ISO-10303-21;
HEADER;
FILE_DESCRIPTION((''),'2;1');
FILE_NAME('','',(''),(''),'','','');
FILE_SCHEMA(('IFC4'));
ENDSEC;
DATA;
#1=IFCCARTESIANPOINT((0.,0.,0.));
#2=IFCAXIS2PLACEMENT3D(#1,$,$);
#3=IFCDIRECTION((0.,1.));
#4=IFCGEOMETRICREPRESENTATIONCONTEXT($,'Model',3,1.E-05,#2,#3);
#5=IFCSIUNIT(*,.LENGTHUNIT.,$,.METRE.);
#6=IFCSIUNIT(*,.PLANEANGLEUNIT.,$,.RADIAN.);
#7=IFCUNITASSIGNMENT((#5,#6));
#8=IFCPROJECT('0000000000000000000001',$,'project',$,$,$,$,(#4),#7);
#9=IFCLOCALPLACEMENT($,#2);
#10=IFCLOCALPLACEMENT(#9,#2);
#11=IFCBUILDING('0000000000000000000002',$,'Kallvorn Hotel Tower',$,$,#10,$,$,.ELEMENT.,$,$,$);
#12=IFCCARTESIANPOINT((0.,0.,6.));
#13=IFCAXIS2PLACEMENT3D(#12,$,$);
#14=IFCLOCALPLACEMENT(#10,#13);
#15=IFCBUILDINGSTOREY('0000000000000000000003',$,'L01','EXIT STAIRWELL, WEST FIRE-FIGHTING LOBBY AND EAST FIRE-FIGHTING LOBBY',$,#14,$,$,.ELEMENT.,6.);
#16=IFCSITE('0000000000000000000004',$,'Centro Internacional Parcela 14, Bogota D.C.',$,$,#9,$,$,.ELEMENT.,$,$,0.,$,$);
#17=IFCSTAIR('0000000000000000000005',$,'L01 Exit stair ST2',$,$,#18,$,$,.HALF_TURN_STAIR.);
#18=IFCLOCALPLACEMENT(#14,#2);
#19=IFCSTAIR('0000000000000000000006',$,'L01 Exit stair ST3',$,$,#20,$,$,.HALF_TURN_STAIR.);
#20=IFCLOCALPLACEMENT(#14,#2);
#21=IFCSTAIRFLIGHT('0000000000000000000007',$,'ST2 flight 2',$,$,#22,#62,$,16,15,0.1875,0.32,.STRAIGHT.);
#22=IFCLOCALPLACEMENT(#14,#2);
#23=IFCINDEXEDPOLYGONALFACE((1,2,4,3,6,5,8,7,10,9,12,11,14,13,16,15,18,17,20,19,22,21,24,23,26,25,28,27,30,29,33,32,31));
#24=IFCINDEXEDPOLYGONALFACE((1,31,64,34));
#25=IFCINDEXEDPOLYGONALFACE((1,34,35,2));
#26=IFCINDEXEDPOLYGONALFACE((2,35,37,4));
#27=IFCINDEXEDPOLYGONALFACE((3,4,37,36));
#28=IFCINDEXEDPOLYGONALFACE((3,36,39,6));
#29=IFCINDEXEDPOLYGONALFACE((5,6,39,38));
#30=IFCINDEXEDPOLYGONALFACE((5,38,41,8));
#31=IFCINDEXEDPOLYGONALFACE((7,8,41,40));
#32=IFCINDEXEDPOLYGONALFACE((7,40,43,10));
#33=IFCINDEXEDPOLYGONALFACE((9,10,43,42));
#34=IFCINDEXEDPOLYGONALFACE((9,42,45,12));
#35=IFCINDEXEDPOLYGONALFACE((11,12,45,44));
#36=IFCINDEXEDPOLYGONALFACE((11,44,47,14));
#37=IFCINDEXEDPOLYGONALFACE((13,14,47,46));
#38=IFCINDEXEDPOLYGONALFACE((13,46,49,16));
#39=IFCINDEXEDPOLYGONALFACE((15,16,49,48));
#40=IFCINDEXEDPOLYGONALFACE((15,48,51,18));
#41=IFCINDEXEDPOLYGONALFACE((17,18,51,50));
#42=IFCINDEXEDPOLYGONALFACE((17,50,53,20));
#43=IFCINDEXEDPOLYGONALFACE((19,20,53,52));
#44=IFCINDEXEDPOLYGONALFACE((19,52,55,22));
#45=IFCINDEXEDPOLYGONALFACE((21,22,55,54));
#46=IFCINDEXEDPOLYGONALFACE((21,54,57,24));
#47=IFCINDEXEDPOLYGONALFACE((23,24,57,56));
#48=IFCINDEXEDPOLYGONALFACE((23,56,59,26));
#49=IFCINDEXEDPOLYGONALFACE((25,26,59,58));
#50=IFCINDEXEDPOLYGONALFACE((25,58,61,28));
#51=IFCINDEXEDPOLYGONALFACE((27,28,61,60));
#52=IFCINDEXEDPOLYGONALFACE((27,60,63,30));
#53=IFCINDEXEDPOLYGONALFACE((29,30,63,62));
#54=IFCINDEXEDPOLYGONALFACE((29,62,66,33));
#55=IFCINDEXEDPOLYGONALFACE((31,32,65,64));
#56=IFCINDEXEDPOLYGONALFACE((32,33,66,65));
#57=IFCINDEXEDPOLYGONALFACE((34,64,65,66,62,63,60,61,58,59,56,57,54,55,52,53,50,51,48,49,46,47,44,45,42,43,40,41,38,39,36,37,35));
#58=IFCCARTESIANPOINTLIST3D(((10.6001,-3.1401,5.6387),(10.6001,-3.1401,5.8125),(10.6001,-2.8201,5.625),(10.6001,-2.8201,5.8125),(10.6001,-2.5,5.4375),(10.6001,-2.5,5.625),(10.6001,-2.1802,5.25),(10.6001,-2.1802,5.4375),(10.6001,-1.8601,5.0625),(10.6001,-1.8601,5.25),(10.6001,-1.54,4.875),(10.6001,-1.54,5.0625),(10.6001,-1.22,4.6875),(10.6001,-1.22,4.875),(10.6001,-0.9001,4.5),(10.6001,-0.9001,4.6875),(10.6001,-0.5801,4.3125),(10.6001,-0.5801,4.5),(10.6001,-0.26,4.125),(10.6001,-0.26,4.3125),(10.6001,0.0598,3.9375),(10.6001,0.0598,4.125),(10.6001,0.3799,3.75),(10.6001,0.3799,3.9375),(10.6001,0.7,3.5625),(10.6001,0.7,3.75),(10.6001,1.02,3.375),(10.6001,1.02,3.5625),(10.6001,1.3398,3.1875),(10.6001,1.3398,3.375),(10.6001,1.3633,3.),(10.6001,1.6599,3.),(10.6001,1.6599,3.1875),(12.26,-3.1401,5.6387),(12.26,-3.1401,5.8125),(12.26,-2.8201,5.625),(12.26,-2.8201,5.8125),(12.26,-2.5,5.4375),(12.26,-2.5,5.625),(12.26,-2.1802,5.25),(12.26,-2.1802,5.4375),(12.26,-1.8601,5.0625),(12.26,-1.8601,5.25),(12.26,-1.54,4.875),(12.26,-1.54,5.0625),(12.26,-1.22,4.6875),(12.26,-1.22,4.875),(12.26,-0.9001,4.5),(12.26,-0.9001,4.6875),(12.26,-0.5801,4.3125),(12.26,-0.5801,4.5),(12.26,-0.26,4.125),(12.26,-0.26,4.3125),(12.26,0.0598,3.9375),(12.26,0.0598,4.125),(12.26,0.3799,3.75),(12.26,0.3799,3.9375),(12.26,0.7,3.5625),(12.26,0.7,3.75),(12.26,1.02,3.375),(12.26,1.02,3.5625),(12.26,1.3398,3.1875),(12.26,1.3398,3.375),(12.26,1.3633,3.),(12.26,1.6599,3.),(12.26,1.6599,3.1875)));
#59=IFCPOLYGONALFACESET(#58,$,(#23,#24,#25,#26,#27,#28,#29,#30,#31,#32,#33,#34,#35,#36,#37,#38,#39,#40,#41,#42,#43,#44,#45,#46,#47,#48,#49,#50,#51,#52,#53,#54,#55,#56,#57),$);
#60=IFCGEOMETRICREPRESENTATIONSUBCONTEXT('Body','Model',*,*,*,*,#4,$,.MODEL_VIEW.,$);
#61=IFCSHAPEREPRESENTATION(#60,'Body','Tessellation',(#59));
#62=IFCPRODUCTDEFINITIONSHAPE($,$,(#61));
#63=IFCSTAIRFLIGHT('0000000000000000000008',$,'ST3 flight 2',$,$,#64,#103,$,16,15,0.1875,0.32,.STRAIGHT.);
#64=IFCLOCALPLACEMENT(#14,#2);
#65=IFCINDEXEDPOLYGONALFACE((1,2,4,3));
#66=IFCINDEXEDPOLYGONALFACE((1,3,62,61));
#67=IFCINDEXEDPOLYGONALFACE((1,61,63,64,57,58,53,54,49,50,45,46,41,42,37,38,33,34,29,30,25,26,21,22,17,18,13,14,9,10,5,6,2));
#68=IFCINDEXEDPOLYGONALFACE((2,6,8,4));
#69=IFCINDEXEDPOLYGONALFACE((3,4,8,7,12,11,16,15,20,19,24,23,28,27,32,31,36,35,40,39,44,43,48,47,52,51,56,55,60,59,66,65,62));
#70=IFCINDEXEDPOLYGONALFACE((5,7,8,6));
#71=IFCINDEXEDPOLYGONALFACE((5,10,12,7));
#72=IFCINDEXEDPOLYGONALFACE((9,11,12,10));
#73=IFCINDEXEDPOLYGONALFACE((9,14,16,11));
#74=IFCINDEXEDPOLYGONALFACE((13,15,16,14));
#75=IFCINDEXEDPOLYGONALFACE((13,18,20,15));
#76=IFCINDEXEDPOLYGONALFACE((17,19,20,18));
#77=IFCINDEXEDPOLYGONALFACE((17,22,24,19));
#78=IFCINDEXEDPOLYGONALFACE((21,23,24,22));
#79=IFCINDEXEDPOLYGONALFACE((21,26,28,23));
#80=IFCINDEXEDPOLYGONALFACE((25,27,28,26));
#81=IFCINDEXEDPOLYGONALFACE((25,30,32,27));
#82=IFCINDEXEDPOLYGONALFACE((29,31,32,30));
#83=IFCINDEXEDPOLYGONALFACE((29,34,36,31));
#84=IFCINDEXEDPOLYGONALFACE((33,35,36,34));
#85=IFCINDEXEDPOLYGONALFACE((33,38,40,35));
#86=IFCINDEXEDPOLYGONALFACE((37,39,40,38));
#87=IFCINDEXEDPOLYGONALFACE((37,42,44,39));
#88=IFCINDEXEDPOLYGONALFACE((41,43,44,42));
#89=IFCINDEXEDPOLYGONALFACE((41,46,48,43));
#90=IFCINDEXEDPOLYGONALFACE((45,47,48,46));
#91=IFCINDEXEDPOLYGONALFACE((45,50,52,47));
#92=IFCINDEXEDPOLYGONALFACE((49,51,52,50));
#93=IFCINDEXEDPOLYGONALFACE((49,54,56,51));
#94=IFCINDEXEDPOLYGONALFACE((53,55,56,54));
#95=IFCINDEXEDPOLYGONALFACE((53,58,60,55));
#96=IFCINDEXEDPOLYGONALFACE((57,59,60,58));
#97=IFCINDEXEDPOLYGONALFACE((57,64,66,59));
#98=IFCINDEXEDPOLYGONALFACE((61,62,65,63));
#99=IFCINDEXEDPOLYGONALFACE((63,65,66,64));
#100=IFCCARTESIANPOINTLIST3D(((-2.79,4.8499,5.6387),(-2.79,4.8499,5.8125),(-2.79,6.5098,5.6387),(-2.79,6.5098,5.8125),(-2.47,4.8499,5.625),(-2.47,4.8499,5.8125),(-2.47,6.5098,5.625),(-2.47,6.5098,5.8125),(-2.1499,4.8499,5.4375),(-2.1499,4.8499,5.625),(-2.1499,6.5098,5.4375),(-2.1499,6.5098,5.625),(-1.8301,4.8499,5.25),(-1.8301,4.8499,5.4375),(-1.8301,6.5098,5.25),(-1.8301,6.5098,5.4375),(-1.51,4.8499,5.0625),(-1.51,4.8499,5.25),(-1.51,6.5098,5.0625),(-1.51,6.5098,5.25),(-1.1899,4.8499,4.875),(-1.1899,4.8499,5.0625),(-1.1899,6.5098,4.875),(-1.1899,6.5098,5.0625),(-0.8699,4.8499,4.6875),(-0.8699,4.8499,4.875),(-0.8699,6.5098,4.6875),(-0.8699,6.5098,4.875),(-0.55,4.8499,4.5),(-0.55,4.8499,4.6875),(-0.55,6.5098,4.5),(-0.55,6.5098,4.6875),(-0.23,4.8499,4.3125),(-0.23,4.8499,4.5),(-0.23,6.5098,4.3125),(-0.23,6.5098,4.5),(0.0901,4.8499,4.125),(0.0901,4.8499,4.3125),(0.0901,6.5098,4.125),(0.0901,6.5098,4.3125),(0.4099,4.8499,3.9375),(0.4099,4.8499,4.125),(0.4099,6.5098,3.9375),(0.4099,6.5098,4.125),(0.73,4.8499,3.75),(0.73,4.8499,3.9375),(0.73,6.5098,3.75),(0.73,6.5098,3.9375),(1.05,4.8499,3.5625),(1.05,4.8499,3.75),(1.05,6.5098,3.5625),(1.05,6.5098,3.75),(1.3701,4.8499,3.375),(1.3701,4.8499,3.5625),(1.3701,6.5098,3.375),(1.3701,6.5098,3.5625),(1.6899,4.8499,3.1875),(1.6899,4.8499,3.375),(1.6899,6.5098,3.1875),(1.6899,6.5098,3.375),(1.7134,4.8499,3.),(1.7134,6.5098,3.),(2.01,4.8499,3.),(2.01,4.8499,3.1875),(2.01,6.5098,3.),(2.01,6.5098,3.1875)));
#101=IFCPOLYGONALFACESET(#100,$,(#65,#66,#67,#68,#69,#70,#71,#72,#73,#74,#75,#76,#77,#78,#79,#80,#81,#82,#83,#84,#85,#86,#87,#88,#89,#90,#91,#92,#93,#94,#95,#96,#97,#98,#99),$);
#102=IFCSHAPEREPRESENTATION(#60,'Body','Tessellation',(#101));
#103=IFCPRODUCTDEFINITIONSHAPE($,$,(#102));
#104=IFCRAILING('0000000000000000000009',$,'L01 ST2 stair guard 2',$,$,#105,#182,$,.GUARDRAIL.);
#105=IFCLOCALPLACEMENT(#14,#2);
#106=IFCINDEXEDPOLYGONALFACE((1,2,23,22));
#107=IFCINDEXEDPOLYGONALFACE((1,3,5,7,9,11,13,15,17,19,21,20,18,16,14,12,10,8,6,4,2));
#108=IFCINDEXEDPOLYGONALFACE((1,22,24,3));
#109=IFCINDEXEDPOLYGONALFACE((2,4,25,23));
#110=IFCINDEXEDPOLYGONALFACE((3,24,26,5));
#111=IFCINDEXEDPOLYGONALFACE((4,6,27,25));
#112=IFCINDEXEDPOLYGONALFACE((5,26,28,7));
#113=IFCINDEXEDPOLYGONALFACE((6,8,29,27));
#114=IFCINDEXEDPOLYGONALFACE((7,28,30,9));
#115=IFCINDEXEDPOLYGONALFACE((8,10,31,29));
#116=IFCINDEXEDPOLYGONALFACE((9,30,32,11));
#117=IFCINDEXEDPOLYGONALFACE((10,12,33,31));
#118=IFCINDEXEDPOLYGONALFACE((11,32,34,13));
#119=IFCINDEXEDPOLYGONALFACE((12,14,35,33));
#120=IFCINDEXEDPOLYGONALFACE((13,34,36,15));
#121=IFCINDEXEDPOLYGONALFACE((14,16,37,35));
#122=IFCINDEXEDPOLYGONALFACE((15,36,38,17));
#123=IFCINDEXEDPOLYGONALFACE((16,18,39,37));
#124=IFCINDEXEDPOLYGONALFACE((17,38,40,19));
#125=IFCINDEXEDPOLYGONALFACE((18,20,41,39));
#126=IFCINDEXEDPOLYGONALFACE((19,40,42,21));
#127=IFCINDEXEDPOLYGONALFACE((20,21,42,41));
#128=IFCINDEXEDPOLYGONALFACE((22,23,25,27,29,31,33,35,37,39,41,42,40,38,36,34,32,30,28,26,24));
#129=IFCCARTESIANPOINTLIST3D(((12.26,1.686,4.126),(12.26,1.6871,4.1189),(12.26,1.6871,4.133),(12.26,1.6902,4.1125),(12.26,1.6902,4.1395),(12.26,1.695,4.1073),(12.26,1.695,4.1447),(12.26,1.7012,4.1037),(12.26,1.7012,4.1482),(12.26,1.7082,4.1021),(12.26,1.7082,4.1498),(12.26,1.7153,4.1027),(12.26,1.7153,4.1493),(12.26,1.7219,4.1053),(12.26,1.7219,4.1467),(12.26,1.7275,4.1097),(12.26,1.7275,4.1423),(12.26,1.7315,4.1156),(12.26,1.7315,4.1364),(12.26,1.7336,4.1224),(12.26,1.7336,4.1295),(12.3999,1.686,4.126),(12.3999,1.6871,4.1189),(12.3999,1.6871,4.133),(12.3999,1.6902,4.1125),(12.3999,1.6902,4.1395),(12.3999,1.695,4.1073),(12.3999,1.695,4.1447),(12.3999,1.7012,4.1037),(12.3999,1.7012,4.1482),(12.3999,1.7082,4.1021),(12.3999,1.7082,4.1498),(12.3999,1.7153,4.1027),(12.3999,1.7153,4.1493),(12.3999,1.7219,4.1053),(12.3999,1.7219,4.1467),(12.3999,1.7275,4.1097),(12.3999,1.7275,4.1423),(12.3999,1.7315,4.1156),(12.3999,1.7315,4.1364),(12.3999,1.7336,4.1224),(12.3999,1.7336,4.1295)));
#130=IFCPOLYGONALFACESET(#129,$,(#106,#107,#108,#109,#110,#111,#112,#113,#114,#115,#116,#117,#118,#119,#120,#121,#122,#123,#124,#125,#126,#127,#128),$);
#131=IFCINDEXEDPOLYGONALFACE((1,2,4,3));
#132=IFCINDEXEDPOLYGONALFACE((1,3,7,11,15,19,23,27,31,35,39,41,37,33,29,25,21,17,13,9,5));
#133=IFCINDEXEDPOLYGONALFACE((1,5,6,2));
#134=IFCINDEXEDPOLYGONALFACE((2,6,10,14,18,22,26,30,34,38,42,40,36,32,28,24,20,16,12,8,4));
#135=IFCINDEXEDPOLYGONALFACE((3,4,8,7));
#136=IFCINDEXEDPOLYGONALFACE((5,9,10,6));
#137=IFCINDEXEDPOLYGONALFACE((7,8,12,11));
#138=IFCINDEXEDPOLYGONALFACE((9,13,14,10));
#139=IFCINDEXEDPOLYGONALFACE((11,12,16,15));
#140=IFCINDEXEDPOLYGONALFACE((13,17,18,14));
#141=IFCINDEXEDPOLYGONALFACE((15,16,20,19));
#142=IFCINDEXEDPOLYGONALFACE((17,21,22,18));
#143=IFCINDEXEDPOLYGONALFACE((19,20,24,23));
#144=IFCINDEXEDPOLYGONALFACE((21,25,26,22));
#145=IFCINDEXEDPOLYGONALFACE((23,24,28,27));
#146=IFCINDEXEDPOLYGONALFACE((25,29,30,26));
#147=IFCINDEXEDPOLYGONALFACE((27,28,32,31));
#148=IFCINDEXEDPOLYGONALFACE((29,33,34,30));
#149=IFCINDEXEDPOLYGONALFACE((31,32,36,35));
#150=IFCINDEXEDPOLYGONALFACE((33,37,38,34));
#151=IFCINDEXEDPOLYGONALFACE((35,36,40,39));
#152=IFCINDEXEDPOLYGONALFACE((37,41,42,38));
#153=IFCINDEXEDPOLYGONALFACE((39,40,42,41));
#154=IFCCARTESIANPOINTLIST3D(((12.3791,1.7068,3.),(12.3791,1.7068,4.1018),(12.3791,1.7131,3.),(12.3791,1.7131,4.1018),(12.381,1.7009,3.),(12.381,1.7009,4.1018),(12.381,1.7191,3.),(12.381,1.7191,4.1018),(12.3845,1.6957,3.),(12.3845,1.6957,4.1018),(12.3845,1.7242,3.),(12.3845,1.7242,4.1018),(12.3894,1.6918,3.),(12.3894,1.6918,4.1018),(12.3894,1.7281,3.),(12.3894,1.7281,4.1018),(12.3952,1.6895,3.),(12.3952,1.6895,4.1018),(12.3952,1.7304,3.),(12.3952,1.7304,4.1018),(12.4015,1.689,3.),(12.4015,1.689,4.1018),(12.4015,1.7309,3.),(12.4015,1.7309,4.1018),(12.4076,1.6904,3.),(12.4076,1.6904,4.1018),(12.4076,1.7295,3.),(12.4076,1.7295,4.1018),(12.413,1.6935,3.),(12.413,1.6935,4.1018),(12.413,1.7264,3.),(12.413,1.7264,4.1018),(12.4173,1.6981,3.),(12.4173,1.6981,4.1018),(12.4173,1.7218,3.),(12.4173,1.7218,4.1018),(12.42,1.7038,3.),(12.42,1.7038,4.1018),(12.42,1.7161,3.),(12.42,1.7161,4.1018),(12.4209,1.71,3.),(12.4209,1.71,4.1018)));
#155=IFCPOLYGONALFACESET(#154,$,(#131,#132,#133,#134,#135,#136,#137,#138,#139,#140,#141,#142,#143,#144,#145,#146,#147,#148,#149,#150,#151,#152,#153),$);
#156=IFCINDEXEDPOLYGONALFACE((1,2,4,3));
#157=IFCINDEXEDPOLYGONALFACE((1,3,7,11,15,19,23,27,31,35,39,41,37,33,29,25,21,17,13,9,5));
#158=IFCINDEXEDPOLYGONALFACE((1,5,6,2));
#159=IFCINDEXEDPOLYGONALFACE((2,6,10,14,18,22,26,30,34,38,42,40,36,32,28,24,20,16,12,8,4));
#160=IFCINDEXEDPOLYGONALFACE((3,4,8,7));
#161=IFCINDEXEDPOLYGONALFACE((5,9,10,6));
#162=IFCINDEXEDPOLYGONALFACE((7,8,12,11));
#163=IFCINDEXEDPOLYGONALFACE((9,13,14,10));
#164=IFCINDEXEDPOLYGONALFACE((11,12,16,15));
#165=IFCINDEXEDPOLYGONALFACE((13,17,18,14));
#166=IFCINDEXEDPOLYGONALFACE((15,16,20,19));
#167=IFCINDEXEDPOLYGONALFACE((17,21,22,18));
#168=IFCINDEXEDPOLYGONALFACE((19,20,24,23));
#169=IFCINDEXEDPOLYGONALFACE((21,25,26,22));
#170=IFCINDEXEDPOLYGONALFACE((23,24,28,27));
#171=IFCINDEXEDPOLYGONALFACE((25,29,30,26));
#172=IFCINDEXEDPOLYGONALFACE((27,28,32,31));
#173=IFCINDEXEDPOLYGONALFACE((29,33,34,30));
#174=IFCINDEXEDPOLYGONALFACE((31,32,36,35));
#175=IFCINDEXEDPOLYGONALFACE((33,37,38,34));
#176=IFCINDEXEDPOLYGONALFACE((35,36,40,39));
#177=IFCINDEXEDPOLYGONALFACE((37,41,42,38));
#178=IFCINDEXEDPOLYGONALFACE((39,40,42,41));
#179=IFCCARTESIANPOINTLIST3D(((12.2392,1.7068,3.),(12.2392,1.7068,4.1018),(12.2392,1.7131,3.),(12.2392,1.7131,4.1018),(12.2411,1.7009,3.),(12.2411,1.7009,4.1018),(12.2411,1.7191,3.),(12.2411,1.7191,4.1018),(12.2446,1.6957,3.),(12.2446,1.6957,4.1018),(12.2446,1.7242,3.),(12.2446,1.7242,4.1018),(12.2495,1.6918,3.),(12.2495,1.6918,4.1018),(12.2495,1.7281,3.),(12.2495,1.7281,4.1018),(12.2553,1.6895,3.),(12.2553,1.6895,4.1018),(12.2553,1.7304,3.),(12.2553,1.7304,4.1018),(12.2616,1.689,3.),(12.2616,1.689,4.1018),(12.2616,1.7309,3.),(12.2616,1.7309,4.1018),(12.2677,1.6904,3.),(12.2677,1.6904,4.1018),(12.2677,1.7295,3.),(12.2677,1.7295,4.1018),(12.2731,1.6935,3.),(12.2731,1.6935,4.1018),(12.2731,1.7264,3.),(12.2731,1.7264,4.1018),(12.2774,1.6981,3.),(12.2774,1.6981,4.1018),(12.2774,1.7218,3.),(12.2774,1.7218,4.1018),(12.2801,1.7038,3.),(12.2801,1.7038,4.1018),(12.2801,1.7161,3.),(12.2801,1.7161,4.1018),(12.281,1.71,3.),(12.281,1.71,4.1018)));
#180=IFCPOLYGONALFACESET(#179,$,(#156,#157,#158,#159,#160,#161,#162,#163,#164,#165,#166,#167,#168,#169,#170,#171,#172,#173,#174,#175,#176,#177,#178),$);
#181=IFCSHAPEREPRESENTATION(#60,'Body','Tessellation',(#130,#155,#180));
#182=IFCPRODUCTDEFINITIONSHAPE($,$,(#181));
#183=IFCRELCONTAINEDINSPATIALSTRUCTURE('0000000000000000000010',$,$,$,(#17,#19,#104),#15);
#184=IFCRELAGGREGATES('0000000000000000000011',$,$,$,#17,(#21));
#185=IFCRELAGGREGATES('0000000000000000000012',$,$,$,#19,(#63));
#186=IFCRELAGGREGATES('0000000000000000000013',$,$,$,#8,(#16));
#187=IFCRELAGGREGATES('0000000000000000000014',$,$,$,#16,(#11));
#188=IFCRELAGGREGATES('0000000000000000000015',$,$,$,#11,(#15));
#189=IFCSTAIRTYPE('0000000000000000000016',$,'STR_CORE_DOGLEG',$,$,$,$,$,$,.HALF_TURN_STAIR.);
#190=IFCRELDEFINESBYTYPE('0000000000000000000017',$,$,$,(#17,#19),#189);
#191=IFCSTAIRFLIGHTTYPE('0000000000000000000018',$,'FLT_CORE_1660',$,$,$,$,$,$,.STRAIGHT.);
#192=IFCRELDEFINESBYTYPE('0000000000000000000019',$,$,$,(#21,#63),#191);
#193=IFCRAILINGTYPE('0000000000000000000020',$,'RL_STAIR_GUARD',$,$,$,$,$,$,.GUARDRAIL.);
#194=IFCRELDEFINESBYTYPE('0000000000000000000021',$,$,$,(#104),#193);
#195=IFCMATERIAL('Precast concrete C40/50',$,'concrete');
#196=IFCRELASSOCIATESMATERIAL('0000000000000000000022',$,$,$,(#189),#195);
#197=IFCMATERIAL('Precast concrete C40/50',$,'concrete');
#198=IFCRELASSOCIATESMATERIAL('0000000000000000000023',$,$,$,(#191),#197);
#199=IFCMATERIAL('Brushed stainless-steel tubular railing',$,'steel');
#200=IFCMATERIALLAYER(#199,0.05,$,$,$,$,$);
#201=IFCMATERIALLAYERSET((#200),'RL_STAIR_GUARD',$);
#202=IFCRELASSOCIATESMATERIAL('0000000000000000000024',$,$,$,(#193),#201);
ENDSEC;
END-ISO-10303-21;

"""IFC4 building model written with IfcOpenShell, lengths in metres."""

from ifc_helpers import new_model, si_unit, direction, frame, origin, origin_2d, place, context, subcontext, project, spatial, polyline, circle, outline, extrude, material, layer, layer_set, type_object, element, aggregate, save


model = new_model("IFC4")

# Units and contexts
model_context = context("Model", 3, precision=1e-05, world=origin(), true_north=direction((0.0, 1.0)))
body_context = subcontext(model_context, "Body", "Model", "MODEL_VIEW")
ifc_project = project(units=[si_unit("LENGTHUNIT", "METRE"), si_unit("PLANEANGLEUNIT", "RADIAN")], contexts=[model_context])

# Site, building, storey
site_placement = place(None, origin())
site = spatial("IfcSite", under=ifc_project, at=site_placement, Name="Centro Internacional Parcela 14, Bogota D.C.", CompositionType="ELEMENT", RefElevation=0.0)
building_placement = place(site_placement, origin())
building = spatial("IfcBuilding", under=site, at=building_placement, Name="Kallvorn Hotel Tower", CompositionType="ELEMENT")
storey_placement = place(building_placement, frame((0.0, 0.0, 6.0)))
storey = spatial("IfcBuildingStorey", under=building, at=storey_placement, Name="L01", Description="EXIT STAIRWELL, WEST FIRE-FIGHTING LOBBY AND EAST FIRE-FIGHTING LOBBY", CompositionType="ELEMENT", Elevation=6.0)

# Stairs
ifc_material_1 = material(Name="Precast concrete C40/50", Category="concrete")
stair_type_1 = type_object("IfcStairType", Name="STR_CORE_DOGLEG", PredefinedType="HALF_TURN_STAIR", material=ifc_material_1)
stair_1_placement = place(storey_placement, origin())
stair_1 = element("IfcStair", 1, at=stair_1_placement, inside=storey, type_object=stair_type_1, Name="L01 Exit stair ST2", PredefinedType="HALF_TURN_STAIR")
stair_2_placement = place(storey_placement, origin())
stair_2 = element("IfcStair", 2, at=stair_2_placement, inside=storey, type_object=stair_type_1, Name="L01 Exit stair ST3", PredefinedType="HALF_TURN_STAIR")

# Stair flights
ifc_material_2 = material(Name="Precast concrete C40/50", Category="concrete")
stair_flight_type = type_object("IfcStairFlightType", Name="FLT_CORE_1660", PredefinedType="STRAIGHT", material=ifc_material_2)
stair_flight_1_placement = place(storey_placement, frame((11.4299, 1.6599, 3.0), z_axis=(0.0, 0.0, 1.0), x_axis=(0.0, -1.0, 0.0)))
stair_flight_1 = element("IfcStairFlight", 3, at=stair_flight_1_placement, type_object=stair_flight_type, Name="ST2 flight 2", NumberOfRisers=16, NumberOfTreads=15, PredefinedType="STRAIGHT", RiserHeight=0.1875, TreadLength=0.32, context=body_context, shape_type="SweptSolid", body=[
    extrude(outline(polyline([(0.0, 0.0), (0.0, 0.1875), (0.3201, 0.1875), (0.3201, 0.375), (0.6399, 0.375), (0.6399, 0.5625), (0.96, 0.5625), (0.96, 0.75), (1.28, 0.75), (1.28, 0.9375), (1.6001, 0.9375), (1.6001, 1.125), (1.9199, 1.125), (1.9199, 1.3125), (2.24, 1.3125), (2.24, 1.5), (2.5601, 1.5), (2.5601, 1.6875), (2.8799, 1.6875), (2.8799, 1.875), (3.2, 1.875), (3.2, 2.0625), (3.52, 2.0625), (3.52, 2.25), (3.8401, 2.25), (3.8401, 2.4375), (4.1599, 2.4375), (4.1599, 2.625), (4.48, 2.625), (4.48, 2.8125), (4.8, 2.8125), (4.8, 3.0), (4.8, 2.6387), (0.2966, 0.0), (0.0, 0.0)])), frame((0.0, 0.8301, 0.0), z_axis=(0.0, -1.0, 0.0), x_axis=(1.0, 0.0, 0.0)), (0.0, 0.0, 1.0), 1.6599),
])
aggregate(stair_1, [stair_flight_1])
stair_flight_2_placement = place(storey_placement, frame((2.01, 5.6799, 3.0), z_axis=(0.0, 0.0, 1.0), x_axis=(-1.0, 0.0, 0.0)))
stair_flight_2 = element("IfcStairFlight", 4, at=stair_flight_2_placement, type_object=stair_flight_type, Name="ST3 flight 2", NumberOfRisers=16, NumberOfTreads=15, PredefinedType="STRAIGHT", RiserHeight=0.1875, TreadLength=0.32, context=body_context, shape_type="SweptSolid", body=[
    extrude(outline(polyline([(0.0, 0.0), (0.0, 0.1875), (0.3201, 0.1875), (0.3201, 0.375), (0.6399, 0.375), (0.6399, 0.5625), (0.96, 0.5625), (0.96, 0.75), (1.28, 0.75), (1.28, 0.9375), (1.6001, 0.9375), (1.6001, 1.125), (1.9199, 1.125), (1.9199, 1.3125), (2.24, 1.3125), (2.24, 1.5), (2.5601, 1.5), (2.5601, 1.6875), (2.8799, 1.6875), (2.8799, 1.875), (3.2, 1.875), (3.2, 2.0625), (3.52, 2.0625), (3.52, 2.25), (3.8401, 2.25), (3.8401, 2.4375), (4.1599, 2.4375), (4.1599, 2.625), (4.48, 2.625), (4.48, 2.8125), (4.8, 2.8125), (4.8, 3.0), (4.8, 2.6387), (0.2966, 0.0), (0.0, 0.0)])), frame((0.0, 0.8301, 0.0), z_axis=(0.0, -1.0, 0.0), x_axis=(1.0, 0.0, 0.0)), (0.0, 0.0, 1.0), 1.6599),
])
aggregate(stair_2, [stair_flight_2])

# Railing
ifc_material_3 = material(Name="Brushed stainless-steel tubular railing", Category="steel")
ifc_layer_1 = layer(ifc_material_3, 0.05)
ifc_layer_set_1 = layer_set([ifc_layer_1], Name="RL_STAIR_GUARD")
railing_type_1 = type_object("IfcRailingType", Name="RL_STAIR_GUARD", PredefinedType="GUARDRAIL", material=ifc_layer_set_1)
railing_1_placement = place(storey_placement, frame((12.3999, 1.71, 3.0)))
element("IfcRailing", 5, at=railing_1_placement, inside=storey, type_object=railing_type_1, Name="L01 ST2 stair guard 2", PredefinedType="GUARDRAIL", context=body_context, shape_type="SweptSolid", body=[
    extrude(circle(Radius=0.0239, at=origin_2d()), frame((0.0, 0.0, 1.126), z_axis=(-1.0, 0.0, 0.0), x_axis=(0.0, -1.0, 0.0)), (0.0, 0.0, 1.0), 0.1399),
    extrude(circle(Radius=0.021, at=origin_2d()), origin(), (0.0, 0.0, 1.0), 1.1018),
    extrude(circle(Radius=0.021, at=origin_2d()), frame((-0.1399, 0.0, 0.0)), (0.0, 0.0, 1.0), 1.1018),
])

save(model, "model.ifc")
